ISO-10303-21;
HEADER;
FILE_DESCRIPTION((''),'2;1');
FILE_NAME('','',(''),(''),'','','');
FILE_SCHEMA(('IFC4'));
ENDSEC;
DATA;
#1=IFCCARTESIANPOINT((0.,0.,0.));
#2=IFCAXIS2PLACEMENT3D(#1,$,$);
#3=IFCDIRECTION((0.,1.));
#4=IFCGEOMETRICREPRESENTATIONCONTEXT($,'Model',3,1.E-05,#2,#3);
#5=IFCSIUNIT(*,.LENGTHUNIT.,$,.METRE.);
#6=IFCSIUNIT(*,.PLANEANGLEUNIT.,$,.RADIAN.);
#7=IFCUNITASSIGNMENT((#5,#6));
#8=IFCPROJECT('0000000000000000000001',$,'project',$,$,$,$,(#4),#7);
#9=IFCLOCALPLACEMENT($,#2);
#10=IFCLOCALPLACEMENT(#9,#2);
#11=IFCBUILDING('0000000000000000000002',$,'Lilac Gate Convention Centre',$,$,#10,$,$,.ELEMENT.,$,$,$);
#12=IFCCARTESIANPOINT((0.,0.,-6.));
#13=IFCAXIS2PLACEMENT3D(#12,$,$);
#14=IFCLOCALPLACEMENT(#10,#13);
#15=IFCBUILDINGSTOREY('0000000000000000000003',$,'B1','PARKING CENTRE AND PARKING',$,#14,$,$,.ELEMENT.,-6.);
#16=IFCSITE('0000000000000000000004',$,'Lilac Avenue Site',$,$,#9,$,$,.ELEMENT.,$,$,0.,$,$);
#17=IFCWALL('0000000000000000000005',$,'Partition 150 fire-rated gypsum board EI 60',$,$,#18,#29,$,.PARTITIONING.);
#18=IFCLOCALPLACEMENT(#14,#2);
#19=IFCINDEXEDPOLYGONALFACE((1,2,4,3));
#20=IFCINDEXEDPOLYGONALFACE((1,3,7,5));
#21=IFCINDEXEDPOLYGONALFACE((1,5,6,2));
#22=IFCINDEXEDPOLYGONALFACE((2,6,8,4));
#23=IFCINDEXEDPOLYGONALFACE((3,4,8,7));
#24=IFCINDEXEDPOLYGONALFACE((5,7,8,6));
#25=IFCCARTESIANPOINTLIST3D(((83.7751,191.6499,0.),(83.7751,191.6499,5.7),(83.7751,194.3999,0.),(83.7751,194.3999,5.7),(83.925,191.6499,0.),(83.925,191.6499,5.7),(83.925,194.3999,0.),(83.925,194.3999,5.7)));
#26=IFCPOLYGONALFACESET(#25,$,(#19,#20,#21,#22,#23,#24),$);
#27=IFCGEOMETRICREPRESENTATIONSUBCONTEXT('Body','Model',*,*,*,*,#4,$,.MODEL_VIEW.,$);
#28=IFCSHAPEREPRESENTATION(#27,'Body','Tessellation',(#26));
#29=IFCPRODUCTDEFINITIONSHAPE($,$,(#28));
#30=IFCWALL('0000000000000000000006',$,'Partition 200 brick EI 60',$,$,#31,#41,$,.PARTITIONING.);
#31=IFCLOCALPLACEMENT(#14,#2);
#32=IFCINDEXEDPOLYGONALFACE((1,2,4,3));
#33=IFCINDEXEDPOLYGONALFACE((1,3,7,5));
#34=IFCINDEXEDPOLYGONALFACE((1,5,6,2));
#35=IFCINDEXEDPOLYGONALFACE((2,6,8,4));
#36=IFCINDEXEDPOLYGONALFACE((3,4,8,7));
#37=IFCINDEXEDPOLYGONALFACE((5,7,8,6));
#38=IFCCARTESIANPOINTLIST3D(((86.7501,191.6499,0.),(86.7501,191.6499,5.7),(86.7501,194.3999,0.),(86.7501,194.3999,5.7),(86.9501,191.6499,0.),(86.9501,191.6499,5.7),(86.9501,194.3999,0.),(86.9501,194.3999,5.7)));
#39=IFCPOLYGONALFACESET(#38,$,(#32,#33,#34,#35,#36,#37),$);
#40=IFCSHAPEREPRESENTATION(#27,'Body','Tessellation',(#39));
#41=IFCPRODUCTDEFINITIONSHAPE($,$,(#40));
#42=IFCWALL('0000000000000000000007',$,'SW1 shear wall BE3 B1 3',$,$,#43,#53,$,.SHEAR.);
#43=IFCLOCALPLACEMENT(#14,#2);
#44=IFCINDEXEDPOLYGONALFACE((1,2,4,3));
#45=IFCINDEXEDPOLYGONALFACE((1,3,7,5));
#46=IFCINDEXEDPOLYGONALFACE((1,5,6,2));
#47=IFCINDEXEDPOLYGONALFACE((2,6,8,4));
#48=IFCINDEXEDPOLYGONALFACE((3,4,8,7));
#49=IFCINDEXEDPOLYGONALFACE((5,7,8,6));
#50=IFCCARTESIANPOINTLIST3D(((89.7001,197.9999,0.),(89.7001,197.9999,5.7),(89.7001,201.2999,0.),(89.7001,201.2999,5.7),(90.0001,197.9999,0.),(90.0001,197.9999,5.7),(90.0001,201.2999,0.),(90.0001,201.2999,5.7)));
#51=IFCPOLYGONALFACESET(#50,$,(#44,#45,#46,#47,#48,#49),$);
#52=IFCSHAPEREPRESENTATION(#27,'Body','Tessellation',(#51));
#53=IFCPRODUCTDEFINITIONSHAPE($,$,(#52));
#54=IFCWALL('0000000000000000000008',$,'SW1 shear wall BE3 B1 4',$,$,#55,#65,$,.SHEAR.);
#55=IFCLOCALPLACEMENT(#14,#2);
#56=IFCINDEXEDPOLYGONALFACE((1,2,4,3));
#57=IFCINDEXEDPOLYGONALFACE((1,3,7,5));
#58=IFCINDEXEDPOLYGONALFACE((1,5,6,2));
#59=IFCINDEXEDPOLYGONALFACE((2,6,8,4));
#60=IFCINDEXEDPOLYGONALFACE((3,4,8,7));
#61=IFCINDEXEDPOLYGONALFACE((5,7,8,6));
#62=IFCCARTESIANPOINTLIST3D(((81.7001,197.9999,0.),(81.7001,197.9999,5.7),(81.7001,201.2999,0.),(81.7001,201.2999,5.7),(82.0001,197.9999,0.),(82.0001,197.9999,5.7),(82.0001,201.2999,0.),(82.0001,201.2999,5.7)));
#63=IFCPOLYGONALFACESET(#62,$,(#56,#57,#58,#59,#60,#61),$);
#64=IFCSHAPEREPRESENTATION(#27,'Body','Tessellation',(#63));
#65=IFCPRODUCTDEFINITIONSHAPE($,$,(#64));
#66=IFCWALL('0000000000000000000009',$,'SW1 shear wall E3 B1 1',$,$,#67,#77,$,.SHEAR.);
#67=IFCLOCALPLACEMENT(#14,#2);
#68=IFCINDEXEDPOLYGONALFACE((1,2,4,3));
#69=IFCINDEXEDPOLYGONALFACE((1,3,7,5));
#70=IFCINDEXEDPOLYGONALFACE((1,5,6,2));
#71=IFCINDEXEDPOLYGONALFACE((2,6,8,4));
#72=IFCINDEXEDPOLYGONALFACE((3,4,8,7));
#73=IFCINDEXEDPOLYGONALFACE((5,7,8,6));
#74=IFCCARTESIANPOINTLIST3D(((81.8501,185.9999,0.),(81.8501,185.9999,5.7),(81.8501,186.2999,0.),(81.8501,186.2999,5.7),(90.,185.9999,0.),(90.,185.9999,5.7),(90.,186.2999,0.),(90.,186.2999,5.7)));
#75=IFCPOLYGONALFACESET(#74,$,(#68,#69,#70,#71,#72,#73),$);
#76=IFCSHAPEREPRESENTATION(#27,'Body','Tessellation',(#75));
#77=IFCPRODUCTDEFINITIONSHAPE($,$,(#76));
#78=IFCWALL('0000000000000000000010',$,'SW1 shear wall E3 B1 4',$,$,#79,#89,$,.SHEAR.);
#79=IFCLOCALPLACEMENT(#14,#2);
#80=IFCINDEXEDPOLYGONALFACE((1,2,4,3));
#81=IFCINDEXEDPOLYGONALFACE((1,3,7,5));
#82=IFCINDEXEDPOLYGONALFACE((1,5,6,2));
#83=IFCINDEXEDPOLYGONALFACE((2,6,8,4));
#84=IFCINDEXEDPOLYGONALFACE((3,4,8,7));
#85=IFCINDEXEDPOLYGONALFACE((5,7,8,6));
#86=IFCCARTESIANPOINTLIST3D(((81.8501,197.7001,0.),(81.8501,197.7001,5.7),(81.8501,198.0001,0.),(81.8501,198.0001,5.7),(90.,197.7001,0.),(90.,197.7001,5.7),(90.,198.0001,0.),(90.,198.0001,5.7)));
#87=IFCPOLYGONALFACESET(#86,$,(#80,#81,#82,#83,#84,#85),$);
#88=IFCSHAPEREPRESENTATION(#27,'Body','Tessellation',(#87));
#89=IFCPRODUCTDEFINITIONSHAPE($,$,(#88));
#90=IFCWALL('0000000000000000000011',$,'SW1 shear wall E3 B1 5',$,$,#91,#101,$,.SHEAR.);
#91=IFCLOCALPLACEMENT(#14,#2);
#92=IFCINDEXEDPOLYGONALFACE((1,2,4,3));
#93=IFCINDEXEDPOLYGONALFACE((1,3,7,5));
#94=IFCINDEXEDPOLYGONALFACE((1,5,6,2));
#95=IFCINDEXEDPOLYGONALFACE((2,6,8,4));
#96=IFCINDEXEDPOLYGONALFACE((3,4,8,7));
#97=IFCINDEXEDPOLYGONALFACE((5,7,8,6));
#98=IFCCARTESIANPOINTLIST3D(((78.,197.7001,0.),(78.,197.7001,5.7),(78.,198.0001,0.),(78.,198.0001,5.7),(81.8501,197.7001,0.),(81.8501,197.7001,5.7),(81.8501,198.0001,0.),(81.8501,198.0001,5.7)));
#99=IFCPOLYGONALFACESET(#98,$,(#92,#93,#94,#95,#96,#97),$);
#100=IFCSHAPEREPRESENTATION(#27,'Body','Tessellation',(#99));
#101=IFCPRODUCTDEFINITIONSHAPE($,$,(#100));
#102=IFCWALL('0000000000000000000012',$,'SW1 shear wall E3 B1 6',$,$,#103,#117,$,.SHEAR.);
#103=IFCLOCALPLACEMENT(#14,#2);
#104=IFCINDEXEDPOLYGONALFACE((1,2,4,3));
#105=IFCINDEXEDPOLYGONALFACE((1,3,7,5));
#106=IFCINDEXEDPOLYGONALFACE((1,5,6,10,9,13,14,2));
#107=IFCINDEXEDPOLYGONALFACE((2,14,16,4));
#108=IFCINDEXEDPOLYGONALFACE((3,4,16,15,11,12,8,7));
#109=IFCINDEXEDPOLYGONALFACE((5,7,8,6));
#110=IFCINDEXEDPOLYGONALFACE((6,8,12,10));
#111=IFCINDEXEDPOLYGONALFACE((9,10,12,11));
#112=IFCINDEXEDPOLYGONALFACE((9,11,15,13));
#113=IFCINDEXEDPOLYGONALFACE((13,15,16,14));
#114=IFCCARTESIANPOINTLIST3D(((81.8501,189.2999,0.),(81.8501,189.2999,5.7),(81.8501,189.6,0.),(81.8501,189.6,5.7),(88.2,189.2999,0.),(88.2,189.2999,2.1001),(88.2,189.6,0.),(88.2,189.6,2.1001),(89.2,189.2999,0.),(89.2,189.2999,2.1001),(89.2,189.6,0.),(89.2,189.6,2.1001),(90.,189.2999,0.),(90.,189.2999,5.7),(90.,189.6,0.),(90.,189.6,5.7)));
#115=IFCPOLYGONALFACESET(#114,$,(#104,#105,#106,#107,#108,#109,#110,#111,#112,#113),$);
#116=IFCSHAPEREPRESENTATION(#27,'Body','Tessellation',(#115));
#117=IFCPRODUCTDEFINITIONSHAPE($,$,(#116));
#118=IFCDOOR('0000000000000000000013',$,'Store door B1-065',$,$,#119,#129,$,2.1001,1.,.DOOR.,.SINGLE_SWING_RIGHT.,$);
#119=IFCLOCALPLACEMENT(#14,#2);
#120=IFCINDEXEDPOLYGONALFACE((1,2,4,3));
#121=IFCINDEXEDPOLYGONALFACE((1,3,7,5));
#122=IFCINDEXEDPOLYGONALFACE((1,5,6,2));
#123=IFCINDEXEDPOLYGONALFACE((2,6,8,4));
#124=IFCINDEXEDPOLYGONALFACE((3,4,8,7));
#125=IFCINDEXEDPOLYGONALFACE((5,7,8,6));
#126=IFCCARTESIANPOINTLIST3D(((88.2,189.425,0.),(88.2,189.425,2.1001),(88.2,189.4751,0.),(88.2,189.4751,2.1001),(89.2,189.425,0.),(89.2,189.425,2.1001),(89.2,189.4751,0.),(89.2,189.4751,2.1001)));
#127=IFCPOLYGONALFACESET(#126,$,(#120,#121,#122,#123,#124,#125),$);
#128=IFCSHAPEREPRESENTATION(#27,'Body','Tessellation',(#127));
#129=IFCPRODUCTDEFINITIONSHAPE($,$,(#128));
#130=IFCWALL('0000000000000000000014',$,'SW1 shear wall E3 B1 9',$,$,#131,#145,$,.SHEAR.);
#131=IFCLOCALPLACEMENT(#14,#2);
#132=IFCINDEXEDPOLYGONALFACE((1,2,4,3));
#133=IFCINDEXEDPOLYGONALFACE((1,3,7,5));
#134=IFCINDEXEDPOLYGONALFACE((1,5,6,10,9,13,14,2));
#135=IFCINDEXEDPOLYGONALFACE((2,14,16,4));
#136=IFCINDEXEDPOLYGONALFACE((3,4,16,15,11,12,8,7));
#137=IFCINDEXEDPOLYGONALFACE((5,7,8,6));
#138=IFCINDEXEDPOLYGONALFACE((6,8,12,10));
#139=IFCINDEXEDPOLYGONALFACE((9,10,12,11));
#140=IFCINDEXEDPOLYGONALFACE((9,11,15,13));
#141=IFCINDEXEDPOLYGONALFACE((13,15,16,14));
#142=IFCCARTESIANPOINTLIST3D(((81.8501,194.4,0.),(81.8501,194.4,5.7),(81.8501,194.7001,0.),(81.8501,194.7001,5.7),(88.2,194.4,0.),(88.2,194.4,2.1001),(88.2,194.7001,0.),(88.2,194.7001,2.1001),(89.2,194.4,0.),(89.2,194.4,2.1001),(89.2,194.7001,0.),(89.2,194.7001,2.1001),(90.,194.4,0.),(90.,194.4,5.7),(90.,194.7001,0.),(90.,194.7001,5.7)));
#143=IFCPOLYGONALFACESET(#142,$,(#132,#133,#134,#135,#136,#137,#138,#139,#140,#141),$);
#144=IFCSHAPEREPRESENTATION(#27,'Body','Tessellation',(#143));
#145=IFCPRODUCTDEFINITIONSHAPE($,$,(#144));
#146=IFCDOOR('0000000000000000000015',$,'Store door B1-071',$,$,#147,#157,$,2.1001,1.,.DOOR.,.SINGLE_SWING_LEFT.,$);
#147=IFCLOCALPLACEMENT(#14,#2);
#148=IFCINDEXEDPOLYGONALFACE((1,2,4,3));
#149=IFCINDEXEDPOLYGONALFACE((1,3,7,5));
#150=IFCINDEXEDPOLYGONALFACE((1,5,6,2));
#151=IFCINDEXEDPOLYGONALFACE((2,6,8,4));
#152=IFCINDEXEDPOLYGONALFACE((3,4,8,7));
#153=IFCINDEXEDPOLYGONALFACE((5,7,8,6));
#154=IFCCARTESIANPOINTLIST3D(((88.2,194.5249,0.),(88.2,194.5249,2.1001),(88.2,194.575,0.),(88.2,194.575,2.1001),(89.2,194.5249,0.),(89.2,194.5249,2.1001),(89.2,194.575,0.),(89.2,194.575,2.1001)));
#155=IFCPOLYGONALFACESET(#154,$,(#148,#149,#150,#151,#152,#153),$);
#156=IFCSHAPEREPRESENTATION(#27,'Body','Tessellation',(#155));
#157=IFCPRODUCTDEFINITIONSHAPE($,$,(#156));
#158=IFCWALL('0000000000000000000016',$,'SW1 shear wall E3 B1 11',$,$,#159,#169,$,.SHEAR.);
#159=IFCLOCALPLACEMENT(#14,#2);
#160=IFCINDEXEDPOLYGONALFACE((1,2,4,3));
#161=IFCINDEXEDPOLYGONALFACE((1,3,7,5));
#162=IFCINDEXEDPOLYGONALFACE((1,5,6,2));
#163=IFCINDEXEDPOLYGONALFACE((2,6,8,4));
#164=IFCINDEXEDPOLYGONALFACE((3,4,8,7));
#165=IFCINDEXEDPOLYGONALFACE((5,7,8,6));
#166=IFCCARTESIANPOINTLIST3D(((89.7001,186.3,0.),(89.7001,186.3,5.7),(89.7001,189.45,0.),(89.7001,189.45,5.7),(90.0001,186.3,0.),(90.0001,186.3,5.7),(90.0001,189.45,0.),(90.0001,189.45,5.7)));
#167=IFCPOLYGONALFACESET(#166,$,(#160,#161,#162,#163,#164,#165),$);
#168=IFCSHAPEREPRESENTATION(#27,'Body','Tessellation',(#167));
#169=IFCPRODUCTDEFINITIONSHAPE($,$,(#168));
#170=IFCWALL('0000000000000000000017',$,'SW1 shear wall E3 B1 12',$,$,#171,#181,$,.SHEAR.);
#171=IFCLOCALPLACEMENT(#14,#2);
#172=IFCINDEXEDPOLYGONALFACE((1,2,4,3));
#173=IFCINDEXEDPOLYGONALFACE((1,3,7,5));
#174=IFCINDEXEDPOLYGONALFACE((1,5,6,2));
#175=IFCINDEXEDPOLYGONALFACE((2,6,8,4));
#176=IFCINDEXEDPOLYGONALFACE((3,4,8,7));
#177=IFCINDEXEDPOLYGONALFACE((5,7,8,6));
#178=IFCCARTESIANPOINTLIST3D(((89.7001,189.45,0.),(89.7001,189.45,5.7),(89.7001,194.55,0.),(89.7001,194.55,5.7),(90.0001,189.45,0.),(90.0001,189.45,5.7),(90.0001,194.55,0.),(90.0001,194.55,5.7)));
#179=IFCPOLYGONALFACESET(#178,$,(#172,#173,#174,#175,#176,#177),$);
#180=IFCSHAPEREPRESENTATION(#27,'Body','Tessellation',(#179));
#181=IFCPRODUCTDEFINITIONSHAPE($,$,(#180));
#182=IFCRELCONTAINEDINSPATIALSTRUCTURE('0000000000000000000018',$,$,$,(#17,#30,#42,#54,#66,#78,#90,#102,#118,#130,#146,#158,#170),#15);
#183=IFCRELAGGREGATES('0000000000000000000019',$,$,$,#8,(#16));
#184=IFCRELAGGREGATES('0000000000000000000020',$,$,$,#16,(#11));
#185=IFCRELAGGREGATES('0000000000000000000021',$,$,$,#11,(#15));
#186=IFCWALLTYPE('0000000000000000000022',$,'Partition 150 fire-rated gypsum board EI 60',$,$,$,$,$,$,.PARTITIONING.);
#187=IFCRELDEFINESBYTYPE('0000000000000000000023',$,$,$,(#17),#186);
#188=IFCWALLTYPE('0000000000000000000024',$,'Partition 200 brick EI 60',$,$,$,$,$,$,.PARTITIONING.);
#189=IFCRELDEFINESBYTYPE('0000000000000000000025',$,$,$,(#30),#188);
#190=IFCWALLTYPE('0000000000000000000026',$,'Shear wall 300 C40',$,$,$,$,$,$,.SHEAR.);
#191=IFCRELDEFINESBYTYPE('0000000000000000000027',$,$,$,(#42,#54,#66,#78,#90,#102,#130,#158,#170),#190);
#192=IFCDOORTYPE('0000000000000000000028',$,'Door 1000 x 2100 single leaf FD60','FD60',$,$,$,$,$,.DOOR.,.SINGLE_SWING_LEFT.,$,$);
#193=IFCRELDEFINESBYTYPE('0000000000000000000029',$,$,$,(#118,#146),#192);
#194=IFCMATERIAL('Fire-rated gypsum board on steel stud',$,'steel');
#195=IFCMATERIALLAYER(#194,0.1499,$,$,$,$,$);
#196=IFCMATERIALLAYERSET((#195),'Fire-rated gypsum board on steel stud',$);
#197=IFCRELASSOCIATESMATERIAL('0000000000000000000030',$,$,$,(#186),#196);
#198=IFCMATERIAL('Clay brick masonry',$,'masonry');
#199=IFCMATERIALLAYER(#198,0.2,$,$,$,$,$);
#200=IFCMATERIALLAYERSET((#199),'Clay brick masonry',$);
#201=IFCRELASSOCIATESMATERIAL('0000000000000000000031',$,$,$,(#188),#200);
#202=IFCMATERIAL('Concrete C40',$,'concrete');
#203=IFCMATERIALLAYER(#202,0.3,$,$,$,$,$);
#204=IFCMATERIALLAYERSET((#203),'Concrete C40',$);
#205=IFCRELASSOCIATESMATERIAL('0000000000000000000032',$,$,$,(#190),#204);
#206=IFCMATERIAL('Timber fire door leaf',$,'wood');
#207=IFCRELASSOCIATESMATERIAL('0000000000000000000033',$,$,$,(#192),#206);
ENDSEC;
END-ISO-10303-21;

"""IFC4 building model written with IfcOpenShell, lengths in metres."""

from ifc_helpers import new_model, si_unit, direction, frame, frame_2d, origin, place, context, subcontext, project, spatial, rectangle, extrude, material, layer, layer_set, type_object, element, fill, save


model = new_model("IFC4")

# Units and contexts
model_context = context("Model", 3, precision=1e-05, world=origin(), true_north=direction((0.0, 1.0)))
body_context = subcontext(model_context, "Body", "Model", "MODEL_VIEW")
ifc_project = project(units=[si_unit("LENGTHUNIT", "METRE"), si_unit("PLANEANGLEUNIT", "RADIAN")], contexts=[model_context])

# Site, building, storey
site_placement = place(None, origin())
site = spatial("IfcSite", under=ifc_project, at=site_placement, Name="Lilac Avenue Site", CompositionType="ELEMENT", RefElevation=0.0)
building_placement = place(site_placement, origin())
building = spatial("IfcBuilding", under=site, at=building_placement, Name="Lilac Gate Convention Centre", CompositionType="ELEMENT")
storey_placement = place(building_placement, frame((0.0, 0.0, -6.0)))
storey = spatial("IfcBuildingStorey", under=building, at=storey_placement, Name="B1", Description="PARKING CENTRE AND PARKING", CompositionType="ELEMENT", Elevation=-6.0)

# Walls
ifc_material_1 = material(Name="Fire-rated gypsum board on steel stud", Category="steel")
ifc_layer_1 = layer(ifc_material_1, 0.1499)
ifc_layer_set_1 = layer_set([ifc_layer_1], Name="Fire-rated gypsum board on steel stud")
wall_type_1 = type_object("IfcWallType", Name="Partition 150 fire-rated gypsum board EI 60", PredefinedType="PARTITIONING", material=ifc_layer_set_1)
wall_1_placement = place(storey_placement, frame((83.8501, 191.6499, 0.0), z_axis=(0.0, 0.0, 1.0), x_axis=(0.0, 1.0, 0.0)))
element("IfcWall", 1, at=wall_1_placement, inside=storey, type_object=wall_type_1, Name="Partition 150 fire-rated gypsum board EI 60", PredefinedType="PARTITIONING", context=body_context, shape_type="SweptSolid", body=[
    extrude(rectangle(XDim=2.75, YDim=0.1499, at=frame_2d((1.375, 0.0))), origin(), (0.0, 0.0, 1.0), 5.7),
])
ifc_material_2 = material(Name="Clay brick masonry", Category="masonry")
ifc_layer_2 = layer(ifc_material_2, 0.2)
ifc_layer_set_2 = layer_set([ifc_layer_2], Name="Clay brick masonry")
wall_type_2 = type_object("IfcWallType", Name="Partition 200 brick EI 60", PredefinedType="PARTITIONING", material=ifc_layer_set_2)
wall_2_placement = place(storey_placement, frame((86.8501, 191.6499, 0.0), z_axis=(0.0, 0.0, 1.0), x_axis=(0.0, 1.0, 0.0)))
element("IfcWall", 2, at=wall_2_placement, inside=storey, type_object=wall_type_2, Name="Partition 200 brick EI 60", PredefinedType="PARTITIONING", context=body_context, shape_type="SweptSolid", body=[
    extrude(rectangle(XDim=2.75, YDim=0.2, at=frame_2d((1.375, 0.0))), origin(), (0.0, 0.0, 1.0), 5.7),
])
ifc_material_3 = material(Name="Concrete C40", Category="concrete")
ifc_layer_3 = layer(ifc_material_3, 0.3)
ifc_layer_set_3 = layer_set([ifc_layer_3], Name="Concrete C40")
wall_type_3 = type_object("IfcWallType", Name="Shear wall 300 C40", PredefinedType="SHEAR", material=ifc_layer_set_3)
for number, where, z_axis, x_axis, name in (
    (3, (89.8501, 198.0, 0.0), (0.0, 0.0, 1.0), (0.0, 1.0, 0.0), "SW1 shear wall BE3 B1 3"),
    (4, (81.8501, 198.0, 0.0), (0.0, 0.0, 1.0), (0.0, 1.0, 0.0), "SW1 shear wall BE3 B1 4"),
):
    element("IfcWall", number, at=place(storey_placement, frame(where, z_axis=z_axis, x_axis=x_axis)), inside=storey, type_object=wall_type_3, Name=name, PredefinedType="SHEAR", context=body_context, shape_type="SweptSolid", body=[
        extrude(rectangle(XDim=3.3, YDim=0.3, at=frame_2d((1.6499, 0.0))), origin(), (0.0, 0.0, 1.0), 5.7),
    ])
for number, where, z_axis, x_axis, name in (
    (5, (90.0, 186.1499, 0.0), (0.0, 0.0, 1.0), (-1.0, 0.0, 0.0), "SW1 shear wall E3 B1 1"),
    (6, (90.0, 197.8501, 0.0), (0.0, 0.0, 1.0), (-1.0, 0.0, 0.0), "SW1 shear wall E3 B1 4"),
):
    element("IfcWall", number, at=place(storey_placement, frame(where, z_axis=z_axis, x_axis=x_axis)), inside=storey, type_object=wall_type_3, Name=name, PredefinedType="SHEAR", context=body_context, shape_type="SweptSolid", body=[
        extrude(rectangle(XDim=8.1499, YDim=0.3, at=frame_2d((4.075, 0.0))), origin(), (0.0, 0.0, 1.0), 5.7),
    ])
wall_3_placement = place(storey_placement, frame((81.8501, 197.8501, 0.0), z_axis=(0.0, 0.0, 1.0), x_axis=(-1.0, 0.0, 0.0)))
element("IfcWall", 7, at=wall_3_placement, inside=storey, type_object=wall_type_3, Name="SW1 shear wall E3 B1 5", PredefinedType="SHEAR", context=body_context, shape_type="SweptSolid", body=[
    extrude(rectangle(XDim=3.8501, YDim=0.3, at=frame_2d((1.925, 0.0))), origin(), (0.0, 0.0, 1.0), 5.7),
])

# Walls, openings, doors
wall_4_placement = place(storey_placement, frame((90.0, 189.45, 0.0), z_axis=(0.0, 0.0, 1.0), x_axis=(-1.0, 0.0, 0.0)))
wall_4 = element("IfcWall", 8, at=wall_4_placement, inside=storey, type_object=wall_type_3, Name="SW1 shear wall E3 B1 6", PredefinedType="SHEAR", context=body_context, shape_type="SweptSolid", body=[
    extrude(rectangle(XDim=8.1499, YDim=0.3, at=frame_2d((4.075, 0.0))), origin(), (0.0, 0.0, 1.0), 5.7),
])
opening_1_placement = place(wall_4_placement, frame((0.8, 0.0, 0.0)))
opening_1 = element("IfcOpeningElement", 9, at=opening_1_placement, cuts=wall_4, PredefinedType="OPENING", context=body_context, shape_type="SweptSolid", body=[
    extrude(rectangle(XDim=1.0, YDim=2.1001, at=frame_2d((0.5, 1.05))), frame((0.0, 0.1599, 0.0), z_axis=(0.0, -1.0, 0.0), x_axis=(1.0, 0.0, 0.0)), (0.0, 0.0, 1.0), 0.3201),
])
ifc_material_4 = material(Name="Timber fire door leaf", Category="wood")
door_type = type_object("IfcDoorType", Name="Door 1000 x 2100 single leaf FD60", Description="FD60", OperationType="SINGLE_SWING_LEFT", PredefinedType="DOOR", material=ifc_material_4)
door_1_placement = place(opening_1_placement, origin())
door_1 = element("IfcDoor", 10, at=door_1_placement, inside=storey, type_object=door_type, Name="Store door B1-065", OperationType="SINGLE_SWING_RIGHT", OverallHeight=2.1001, OverallWidth=1.0, PredefinedType="DOOR", context=body_context, shape_type="SweptSolid", body=[
    extrude(rectangle(XDim=1.0, YDim=2.1001, at=frame_2d((0.5, 1.05))), frame((0.0, 0.0249, 0.0), z_axis=(0.0, -1.0, 0.0), x_axis=(1.0, 0.0, 0.0)), (0.0, 0.0, 1.0), 0.05),
])
fill(opening_1, door_1)
wall_5_placement = place(storey_placement, frame((90.0, 194.55, 0.0), z_axis=(0.0, 0.0, 1.0), x_axis=(-1.0, 0.0, 0.0)))
wall_5 = element("IfcWall", 11, at=wall_5_placement, inside=storey, type_object=wall_type_3, Name="SW1 shear wall E3 B1 9", PredefinedType="SHEAR", context=body_context, shape_type="SweptSolid", body=[
    extrude(rectangle(XDim=8.1499, YDim=0.3, at=frame_2d((4.075, 0.0))), origin(), (0.0, 0.0, 1.0), 5.7),
])
opening_2_placement = place(wall_5_placement, frame((0.8, 0.0, 0.0)))
opening_2 = element("IfcOpeningElement", 12, at=opening_2_placement, cuts=wall_5, PredefinedType="OPENING", context=body_context, shape_type="SweptSolid", body=[
    extrude(rectangle(XDim=1.0, YDim=2.1001, at=frame_2d((0.5, 1.05))), frame((0.0, 0.1599, 0.0), z_axis=(0.0, -1.0, 0.0), x_axis=(1.0, 0.0, 0.0)), (0.0, 0.0, 1.0), 0.3201),
])
door_2_placement = place(opening_2_placement, frame((1.0, 0.0, 0.0), z_axis=(0.0, 0.0, 1.0), x_axis=(-1.0, 0.0, 0.0)))
door_2 = element("IfcDoor", 13, at=door_2_placement, inside=storey, type_object=door_type, Name="Store door B1-071", OperationType="SINGLE_SWING_LEFT", OverallHeight=2.1001, OverallWidth=1.0, PredefinedType="DOOR", context=body_context, shape_type="SweptSolid", body=[
    extrude(rectangle(XDim=1.0, YDim=2.1001, at=frame_2d((0.5, 1.05))), frame((0.0, 0.0249, 0.0), z_axis=(0.0, -1.0, 0.0), x_axis=(1.0, 0.0, 0.0)), (0.0, 0.0, 1.0), 0.05),
])
fill(opening_2, door_2)

# Walls
wall_6_placement = place(storey_placement, frame((89.8501, 186.3, 0.0), z_axis=(0.0, 0.0, 1.0), x_axis=(0.0, 1.0, 0.0)))
element("IfcWall", 14, at=wall_6_placement, inside=storey, type_object=wall_type_3, Name="SW1 shear wall E3 B1 11", PredefinedType="SHEAR", context=body_context, shape_type="SweptSolid", body=[
    extrude(rectangle(XDim=3.1499, YDim=0.3, at=frame_2d((1.575, 0.0))), origin(), (0.0, 0.0, 1.0), 5.7),
])
wall_7_placement = place(storey_placement, frame((89.8501, 189.45, 0.0), z_axis=(0.0, 0.0, 1.0), x_axis=(0.0, 1.0, 0.0)))
element("IfcWall", 15, at=wall_7_placement, inside=storey, type_object=wall_type_3, Name="SW1 shear wall E3 B1 12", PredefinedType="SHEAR", context=body_context, shape_type="SweptSolid", body=[
    extrude(rectangle(XDim=5.1001, YDim=0.3, at=frame_2d((2.55, 0.0))), origin(), (0.0, 0.0, 1.0), 5.7),
])

save(model, "model.ifc")
